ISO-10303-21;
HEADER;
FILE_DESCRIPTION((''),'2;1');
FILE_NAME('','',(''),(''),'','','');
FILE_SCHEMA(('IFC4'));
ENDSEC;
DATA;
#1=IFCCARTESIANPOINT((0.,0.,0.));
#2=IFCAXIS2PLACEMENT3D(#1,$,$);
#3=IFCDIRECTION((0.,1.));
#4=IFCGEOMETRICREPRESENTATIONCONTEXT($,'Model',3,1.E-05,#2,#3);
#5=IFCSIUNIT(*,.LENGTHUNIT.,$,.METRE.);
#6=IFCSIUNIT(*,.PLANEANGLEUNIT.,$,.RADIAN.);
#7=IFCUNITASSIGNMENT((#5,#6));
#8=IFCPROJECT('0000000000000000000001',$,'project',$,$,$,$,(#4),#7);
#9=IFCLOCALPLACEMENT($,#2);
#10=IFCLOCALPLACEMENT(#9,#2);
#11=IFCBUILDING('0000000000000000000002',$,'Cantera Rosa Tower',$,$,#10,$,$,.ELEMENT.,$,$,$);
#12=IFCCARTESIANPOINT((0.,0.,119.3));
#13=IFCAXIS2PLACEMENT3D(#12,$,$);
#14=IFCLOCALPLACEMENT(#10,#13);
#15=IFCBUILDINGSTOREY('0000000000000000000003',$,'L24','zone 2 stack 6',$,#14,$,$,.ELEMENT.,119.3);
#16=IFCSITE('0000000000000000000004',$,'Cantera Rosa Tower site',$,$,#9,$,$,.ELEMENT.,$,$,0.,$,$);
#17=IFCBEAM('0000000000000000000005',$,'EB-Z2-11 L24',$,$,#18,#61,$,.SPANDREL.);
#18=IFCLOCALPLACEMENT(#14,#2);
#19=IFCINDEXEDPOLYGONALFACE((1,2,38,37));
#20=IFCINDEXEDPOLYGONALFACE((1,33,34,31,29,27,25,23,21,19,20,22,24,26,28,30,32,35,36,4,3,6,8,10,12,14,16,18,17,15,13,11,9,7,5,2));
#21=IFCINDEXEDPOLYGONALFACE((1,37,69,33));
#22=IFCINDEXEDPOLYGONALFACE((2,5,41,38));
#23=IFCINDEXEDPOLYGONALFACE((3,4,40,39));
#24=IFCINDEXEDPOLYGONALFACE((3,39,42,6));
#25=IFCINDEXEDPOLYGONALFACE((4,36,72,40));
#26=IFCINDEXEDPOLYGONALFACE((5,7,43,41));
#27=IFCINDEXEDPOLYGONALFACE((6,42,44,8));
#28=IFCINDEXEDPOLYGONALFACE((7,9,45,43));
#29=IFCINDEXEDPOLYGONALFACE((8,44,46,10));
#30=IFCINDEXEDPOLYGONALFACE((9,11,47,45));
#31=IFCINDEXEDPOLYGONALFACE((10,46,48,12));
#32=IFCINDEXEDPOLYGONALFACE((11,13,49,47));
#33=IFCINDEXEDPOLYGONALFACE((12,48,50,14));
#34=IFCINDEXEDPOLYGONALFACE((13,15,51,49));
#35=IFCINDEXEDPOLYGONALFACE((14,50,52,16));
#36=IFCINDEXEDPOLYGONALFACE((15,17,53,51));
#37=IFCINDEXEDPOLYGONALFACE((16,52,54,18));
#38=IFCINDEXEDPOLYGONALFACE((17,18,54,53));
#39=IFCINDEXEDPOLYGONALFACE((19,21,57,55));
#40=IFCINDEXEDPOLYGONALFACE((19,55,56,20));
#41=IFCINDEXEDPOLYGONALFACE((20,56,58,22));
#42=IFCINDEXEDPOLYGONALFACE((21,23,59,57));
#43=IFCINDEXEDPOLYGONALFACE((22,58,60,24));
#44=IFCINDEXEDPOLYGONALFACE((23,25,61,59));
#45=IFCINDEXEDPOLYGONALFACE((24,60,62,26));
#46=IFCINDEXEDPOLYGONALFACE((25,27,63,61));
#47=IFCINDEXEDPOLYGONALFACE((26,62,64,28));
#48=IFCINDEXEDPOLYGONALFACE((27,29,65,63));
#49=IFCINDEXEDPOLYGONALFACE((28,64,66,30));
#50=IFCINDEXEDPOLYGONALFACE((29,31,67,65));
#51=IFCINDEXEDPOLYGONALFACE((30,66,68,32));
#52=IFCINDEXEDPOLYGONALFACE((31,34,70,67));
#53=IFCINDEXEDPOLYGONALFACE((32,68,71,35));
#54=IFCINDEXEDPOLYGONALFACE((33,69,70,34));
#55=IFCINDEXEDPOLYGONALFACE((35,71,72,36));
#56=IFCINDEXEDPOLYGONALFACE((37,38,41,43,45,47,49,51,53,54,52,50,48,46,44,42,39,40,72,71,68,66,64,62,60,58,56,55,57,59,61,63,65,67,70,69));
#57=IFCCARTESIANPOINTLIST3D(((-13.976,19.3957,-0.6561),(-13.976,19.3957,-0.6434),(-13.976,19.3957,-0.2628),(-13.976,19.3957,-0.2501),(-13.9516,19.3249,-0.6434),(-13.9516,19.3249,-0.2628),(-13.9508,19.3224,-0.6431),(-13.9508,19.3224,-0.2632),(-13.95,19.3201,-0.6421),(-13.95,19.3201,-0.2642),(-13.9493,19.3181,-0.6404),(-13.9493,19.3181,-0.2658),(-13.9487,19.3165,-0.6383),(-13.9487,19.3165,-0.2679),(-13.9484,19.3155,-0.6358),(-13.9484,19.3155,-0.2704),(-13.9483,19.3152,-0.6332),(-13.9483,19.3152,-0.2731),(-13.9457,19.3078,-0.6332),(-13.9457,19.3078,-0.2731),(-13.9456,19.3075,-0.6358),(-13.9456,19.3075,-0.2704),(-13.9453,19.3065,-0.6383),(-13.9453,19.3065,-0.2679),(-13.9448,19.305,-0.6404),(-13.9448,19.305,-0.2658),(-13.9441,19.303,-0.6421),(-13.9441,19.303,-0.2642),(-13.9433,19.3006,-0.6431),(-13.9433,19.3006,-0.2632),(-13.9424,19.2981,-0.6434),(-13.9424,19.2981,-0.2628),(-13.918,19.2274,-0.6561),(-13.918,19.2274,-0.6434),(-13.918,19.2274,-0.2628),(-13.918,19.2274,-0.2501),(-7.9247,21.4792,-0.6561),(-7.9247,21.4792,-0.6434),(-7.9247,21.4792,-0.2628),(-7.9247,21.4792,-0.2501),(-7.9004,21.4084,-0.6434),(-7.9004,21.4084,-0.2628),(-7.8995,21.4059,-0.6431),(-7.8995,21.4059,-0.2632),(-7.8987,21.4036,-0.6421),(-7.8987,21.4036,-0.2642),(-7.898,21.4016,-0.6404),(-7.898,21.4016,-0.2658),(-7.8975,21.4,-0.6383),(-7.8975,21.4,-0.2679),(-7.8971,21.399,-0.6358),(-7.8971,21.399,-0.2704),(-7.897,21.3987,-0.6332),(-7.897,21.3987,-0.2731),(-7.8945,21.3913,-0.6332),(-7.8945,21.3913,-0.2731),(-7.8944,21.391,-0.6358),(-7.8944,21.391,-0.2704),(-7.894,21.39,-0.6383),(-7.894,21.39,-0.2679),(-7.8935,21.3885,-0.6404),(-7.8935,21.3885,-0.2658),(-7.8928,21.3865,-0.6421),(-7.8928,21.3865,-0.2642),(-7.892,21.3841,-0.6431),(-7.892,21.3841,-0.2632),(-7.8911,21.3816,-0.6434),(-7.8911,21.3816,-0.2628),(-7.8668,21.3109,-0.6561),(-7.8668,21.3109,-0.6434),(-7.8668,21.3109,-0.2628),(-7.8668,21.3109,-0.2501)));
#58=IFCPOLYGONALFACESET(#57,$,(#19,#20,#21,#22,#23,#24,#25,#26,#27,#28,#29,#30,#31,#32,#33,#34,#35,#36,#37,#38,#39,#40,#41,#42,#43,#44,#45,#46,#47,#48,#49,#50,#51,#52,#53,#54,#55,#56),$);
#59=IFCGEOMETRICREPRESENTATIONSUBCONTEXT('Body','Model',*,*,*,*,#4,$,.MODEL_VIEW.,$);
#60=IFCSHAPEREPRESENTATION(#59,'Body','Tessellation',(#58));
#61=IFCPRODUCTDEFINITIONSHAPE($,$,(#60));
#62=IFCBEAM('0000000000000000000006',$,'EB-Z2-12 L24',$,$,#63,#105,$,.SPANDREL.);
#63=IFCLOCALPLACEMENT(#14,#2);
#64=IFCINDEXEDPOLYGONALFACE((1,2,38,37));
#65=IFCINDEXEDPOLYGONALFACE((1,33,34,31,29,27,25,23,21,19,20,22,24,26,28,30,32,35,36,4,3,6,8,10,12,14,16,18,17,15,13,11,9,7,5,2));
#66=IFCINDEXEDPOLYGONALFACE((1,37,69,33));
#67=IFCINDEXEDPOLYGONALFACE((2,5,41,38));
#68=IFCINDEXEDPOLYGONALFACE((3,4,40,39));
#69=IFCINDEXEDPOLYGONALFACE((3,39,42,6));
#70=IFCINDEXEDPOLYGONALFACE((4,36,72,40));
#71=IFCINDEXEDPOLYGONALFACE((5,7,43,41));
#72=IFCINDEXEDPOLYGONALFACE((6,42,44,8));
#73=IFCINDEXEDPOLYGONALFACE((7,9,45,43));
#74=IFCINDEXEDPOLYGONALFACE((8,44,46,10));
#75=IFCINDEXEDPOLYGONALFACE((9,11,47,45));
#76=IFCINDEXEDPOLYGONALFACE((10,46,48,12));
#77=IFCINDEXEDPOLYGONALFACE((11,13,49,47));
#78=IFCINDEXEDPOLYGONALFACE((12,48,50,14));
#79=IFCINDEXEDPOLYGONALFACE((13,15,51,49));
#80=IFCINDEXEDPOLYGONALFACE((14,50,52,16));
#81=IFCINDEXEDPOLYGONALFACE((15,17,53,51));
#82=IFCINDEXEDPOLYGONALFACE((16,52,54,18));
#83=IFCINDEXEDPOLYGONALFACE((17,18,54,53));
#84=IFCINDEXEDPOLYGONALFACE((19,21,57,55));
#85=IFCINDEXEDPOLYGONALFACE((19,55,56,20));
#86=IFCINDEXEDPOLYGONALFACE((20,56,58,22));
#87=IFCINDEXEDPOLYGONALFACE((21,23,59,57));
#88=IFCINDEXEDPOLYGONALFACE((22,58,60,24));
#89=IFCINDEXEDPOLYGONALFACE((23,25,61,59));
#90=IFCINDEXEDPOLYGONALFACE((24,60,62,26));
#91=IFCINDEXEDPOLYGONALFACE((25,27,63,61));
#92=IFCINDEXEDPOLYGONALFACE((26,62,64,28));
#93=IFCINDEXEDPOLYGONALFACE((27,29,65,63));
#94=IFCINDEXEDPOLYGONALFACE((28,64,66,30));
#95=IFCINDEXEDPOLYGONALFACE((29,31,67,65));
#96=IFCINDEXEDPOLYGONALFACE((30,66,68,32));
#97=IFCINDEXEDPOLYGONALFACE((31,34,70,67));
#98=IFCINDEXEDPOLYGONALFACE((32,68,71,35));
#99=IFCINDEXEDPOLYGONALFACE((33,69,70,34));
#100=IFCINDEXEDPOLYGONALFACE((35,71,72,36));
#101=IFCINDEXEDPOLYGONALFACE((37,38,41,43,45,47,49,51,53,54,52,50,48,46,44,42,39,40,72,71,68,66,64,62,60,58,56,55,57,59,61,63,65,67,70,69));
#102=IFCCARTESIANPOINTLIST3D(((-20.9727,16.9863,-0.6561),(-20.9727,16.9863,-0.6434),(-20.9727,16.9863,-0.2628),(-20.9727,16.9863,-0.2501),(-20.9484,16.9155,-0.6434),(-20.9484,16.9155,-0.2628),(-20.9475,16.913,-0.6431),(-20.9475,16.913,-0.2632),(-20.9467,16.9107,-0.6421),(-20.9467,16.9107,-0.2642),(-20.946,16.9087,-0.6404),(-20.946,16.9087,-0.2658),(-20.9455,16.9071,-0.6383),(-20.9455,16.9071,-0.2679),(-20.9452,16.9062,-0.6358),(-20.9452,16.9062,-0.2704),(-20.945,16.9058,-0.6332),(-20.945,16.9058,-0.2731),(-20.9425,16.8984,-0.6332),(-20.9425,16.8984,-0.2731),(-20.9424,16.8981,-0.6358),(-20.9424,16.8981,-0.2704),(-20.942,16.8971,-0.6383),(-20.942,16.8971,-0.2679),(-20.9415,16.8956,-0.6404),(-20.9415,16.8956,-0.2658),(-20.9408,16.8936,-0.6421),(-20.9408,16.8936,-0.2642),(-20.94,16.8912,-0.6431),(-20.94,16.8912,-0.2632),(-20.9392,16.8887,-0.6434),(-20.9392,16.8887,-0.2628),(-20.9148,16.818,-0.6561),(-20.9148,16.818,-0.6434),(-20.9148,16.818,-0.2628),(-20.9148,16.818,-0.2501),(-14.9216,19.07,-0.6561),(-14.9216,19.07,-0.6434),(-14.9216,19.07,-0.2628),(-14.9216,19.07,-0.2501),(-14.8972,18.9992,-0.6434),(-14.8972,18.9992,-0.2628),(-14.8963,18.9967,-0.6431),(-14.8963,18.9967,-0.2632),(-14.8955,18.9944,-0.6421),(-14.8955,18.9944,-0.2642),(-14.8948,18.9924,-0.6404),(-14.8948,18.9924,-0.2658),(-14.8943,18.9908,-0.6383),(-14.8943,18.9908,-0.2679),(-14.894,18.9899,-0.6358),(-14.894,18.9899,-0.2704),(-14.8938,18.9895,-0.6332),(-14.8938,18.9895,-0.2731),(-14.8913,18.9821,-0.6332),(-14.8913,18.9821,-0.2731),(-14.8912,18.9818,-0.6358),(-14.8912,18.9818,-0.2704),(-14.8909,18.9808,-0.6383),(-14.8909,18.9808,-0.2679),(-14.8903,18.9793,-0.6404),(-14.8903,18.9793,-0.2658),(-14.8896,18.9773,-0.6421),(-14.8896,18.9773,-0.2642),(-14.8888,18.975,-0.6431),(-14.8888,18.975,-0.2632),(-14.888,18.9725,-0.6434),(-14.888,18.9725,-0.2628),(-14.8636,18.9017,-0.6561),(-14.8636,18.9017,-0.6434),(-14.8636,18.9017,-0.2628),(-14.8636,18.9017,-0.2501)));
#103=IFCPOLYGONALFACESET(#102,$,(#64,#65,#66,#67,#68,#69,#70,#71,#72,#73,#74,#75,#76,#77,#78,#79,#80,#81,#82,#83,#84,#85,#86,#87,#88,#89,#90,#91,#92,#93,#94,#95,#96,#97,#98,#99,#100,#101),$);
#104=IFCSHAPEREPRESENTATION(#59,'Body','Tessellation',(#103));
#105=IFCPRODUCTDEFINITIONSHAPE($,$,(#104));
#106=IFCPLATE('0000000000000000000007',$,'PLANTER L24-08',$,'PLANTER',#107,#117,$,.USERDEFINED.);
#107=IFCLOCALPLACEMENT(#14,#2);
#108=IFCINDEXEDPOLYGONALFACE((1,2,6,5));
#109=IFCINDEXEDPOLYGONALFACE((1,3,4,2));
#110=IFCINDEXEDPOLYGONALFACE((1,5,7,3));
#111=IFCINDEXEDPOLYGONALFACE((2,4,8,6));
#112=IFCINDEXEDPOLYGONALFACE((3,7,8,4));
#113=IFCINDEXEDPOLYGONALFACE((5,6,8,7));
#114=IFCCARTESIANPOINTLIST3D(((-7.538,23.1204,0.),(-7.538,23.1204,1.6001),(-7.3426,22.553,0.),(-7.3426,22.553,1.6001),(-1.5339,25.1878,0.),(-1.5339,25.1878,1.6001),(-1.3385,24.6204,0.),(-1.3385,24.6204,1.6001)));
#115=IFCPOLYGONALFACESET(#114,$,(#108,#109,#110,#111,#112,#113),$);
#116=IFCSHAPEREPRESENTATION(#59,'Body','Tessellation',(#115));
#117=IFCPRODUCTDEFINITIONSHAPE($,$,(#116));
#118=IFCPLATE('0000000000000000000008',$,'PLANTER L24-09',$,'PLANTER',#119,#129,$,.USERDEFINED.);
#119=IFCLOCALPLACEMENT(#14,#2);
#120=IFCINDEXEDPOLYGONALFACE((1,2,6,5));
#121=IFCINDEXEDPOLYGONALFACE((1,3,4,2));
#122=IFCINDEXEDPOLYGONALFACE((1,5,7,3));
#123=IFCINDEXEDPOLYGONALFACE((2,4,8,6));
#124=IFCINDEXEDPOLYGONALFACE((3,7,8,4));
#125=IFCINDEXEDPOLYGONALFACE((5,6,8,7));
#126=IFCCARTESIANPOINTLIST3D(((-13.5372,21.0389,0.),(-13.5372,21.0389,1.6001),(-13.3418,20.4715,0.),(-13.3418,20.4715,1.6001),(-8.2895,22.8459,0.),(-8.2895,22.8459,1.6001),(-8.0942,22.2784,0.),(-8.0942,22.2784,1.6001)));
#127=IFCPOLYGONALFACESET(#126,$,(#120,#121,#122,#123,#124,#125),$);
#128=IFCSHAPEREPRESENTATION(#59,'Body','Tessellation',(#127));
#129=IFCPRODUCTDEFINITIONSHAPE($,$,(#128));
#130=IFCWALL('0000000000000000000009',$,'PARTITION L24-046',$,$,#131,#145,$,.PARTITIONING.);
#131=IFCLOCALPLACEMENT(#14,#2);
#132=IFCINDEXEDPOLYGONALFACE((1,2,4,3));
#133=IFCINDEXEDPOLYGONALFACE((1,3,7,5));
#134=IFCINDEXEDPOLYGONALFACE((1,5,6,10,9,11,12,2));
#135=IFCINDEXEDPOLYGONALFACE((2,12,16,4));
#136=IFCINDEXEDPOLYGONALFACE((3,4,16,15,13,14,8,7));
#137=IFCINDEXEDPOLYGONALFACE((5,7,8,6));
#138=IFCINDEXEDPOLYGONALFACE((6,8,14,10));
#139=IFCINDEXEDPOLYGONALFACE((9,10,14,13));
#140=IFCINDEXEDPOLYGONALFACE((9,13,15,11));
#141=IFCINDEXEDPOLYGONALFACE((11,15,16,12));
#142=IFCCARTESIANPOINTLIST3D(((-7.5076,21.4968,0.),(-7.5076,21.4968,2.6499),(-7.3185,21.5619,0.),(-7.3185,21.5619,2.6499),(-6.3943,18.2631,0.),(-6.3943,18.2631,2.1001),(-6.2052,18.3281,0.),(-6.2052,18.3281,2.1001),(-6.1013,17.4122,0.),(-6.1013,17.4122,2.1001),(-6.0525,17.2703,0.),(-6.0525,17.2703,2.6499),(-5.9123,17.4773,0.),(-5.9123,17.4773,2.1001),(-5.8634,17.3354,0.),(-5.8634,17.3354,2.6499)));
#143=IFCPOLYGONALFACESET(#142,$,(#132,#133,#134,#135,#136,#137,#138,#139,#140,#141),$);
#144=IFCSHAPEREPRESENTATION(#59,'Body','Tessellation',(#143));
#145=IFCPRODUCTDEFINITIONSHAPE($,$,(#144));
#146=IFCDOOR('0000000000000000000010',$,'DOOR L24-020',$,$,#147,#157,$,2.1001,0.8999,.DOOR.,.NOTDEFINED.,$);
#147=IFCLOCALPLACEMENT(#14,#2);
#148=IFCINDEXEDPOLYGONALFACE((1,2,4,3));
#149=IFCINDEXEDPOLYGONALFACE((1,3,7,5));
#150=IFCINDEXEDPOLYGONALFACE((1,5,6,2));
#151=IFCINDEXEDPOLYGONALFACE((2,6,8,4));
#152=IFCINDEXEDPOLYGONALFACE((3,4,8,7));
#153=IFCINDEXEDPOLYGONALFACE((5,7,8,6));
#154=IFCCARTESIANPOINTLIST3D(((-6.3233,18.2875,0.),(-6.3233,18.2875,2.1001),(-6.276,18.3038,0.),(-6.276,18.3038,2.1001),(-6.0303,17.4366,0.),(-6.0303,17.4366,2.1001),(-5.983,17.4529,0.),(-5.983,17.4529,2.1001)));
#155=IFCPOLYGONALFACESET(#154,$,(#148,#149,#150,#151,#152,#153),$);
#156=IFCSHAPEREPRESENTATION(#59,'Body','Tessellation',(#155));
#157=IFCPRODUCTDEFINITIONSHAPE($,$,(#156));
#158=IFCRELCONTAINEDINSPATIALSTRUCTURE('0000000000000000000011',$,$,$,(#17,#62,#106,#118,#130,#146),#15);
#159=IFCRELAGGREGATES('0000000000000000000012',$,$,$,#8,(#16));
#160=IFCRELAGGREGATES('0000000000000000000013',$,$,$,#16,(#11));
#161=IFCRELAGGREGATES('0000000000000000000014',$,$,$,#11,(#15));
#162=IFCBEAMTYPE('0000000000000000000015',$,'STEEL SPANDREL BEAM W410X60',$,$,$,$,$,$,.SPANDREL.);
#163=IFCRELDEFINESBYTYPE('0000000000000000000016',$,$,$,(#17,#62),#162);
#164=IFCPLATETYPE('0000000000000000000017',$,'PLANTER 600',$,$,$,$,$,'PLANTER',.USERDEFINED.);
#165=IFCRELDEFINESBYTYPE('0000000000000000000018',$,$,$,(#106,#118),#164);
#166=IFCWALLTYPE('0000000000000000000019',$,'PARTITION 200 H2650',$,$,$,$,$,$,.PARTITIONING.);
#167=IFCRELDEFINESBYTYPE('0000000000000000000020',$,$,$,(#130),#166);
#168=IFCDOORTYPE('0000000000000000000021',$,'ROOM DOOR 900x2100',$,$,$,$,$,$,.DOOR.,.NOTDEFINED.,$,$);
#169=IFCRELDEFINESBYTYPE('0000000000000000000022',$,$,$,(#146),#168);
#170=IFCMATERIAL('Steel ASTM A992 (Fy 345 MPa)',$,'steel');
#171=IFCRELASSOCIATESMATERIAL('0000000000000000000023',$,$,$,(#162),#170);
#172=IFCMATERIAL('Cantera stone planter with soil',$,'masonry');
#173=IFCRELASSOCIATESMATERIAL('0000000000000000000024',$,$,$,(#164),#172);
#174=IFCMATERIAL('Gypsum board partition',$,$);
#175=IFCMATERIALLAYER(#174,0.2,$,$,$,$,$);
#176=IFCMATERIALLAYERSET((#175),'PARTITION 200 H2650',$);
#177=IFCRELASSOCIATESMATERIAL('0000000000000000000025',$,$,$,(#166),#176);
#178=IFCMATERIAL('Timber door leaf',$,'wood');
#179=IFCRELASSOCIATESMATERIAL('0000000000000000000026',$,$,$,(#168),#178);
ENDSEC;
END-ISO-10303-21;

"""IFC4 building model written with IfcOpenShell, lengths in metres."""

from ifc_helpers import new_model, si_unit, direction, frame, frame_2d, origin, origin_2d, place, context, subcontext, project, spatial, rectangle, i_section, extrude, material, layer, layer_set, material_profile, profile_set, type_object, element, fill, save


model = new_model("IFC4")

# Units and contexts
model_context = context("Model", 3, precision=1e-05, world=origin(), true_north=direction((0.0, 1.0)))
body_context = subcontext(model_context, "Body", "Model", "MODEL_VIEW")
ifc_project = project(units=[si_unit("LENGTHUNIT", "METRE"), si_unit("PLANEANGLEUNIT", "RADIAN")], contexts=[model_context])

# Site, building, storey
site_placement = place(None, origin())
site = spatial("IfcSite", under=ifc_project, at=site_placement, Name="Cantera Rosa Tower site", CompositionType="ELEMENT", RefElevation=0.0)
building_placement = place(site_placement, origin())
building = spatial("IfcBuilding", under=site, at=building_placement, Name="Cantera Rosa Tower", CompositionType="ELEMENT")
storey_placement = place(building_placement, frame((0.0, 0.0, 119.3)))
storey = spatial("IfcBuildingStorey", under=building, at=storey_placement, Name="L24", Description="zone 2 stack 6", CompositionType="ELEMENT", Elevation=119.3)

# Beams
ifc_material_1 = material(Name="Steel ASTM A992 (Fy 345 MPa)", Category="steel")
ifc_material_profile_1 = material_profile(ifc_material_1, i_section(OverallWidth=0.178, OverallDepth=0.406, WebThickness=0.0078, FlangeThickness=0.0127, FilletRadius=0.0103, at=origin_2d()), Name="W410X60")
ifc_profile_set_1 = profile_set([ifc_material_profile_1], Name="Steel ASTM A992 (Fy 345 MPa)")
beam_type_1 = type_object("IfcBeamType", Name="STEEL SPANDREL BEAM W410X60", PredefinedType="SPANDREL", material=ifc_profile_set_1)
for number, where, z_axis, x_axis, name in (
    (1, (-7.8958, 21.395, -0.4531), (-0.945524, -0.325551, 0.0), (0.325551, -0.945524, 0.0), "EB-Z2-11 L24"),
    (2, (-14.8926, 18.9858, -0.4531), (-0.945513, -0.325585, 0.0), (0.325585, -0.945513, 0.0), "EB-Z2-12 L24"),
):
    element("IfcBeam", number, at=place(storey_placement, frame(where, z_axis=z_axis, x_axis=x_axis)), inside=storey, type_object=beam_type_1, Name=name, PredefinedType="SPANDREL", context=body_context, shape_type="SweptSolid", body=[
        extrude(i_section(OverallWidth=0.178, OverallDepth=0.406, WebThickness=0.0078, FlangeThickness=0.0127, FilletRadius=0.0103, at=origin_2d()), origin(), (0.0, 0.0, 1.0), 6.3999),
    ])

# Plates
ifc_material_2 = material(Name="Cantera stone planter with soil", Category="masonry")
plate_type = type_object("IfcPlateType", Name="PLANTER 600", ElementType="PLANTER", PredefinedType="USERDEFINED", material=ifc_material_2)
plate_1_placement = place(storey_placement, frame((-4.4382, 23.8704, 0.0), z_axis=(0.0, 0.0, 1.0), x_axis=(-0.945519, -0.325568, 0.0)))
element("IfcPlate", 3, at=plate_1_placement, inside=storey, type_object=plate_type, Name="PLANTER L24-08", ObjectType="PLANTER", PredefinedType="USERDEFINED", context=body_context, shape_type="SweptSolid", body=[
    extrude(rectangle(XDim=6.3501, YDim=0.6001, at=origin_2d()), origin(), (0.0, 0.0, 1.0), 1.6001),
])
plate_2_placement = place(storey_placement, frame((-10.8157, 21.6587, 0.0), z_axis=(0.0, 0.0, 1.0), x_axis=(-0.945519, -0.325568, 0.0)))
element("IfcPlate", 4, at=plate_2_placement, inside=storey, type_object=plate_type, Name="PLANTER L24-09", ObjectType="PLANTER", PredefinedType="USERDEFINED", context=body_context, shape_type="SweptSolid", body=[
    extrude(rectangle(XDim=5.55, YDim=0.6001, at=origin_2d()), origin(), (0.0, 0.0, 1.0), 1.6001),
])

# Wall, opening, door
ifc_material_3 = material(Name="Gypsum board partition")
ifc_layer_1 = layer(ifc_material_3, 0.2)
ifc_layer_set_1 = layer_set([ifc_layer_1], Name="PARTITION 200 H2650")
wall_type_1 = type_object("IfcWallType", Name="PARTITION 200 H2650", PredefinedType="PARTITIONING", material=ifc_layer_set_1)
wall_1_placement = place(storey_placement, frame((-5.958, 17.303, 0.0), z_axis=(0.0, 0.0, 1.0), x_axis=(-0.325519, 0.945535, 0.0)))
wall_1 = element("IfcWall", 5, at=wall_1_placement, inside=storey, type_object=wall_type_1, Name="PARTITION L24-046", PredefinedType="PARTITIONING", context=body_context, shape_type="SweptSolid", body=[
    extrude(rectangle(XDim=4.47, YDim=0.2, at=frame_2d((2.2349, 0.0))), origin(), (0.0, 0.0, 1.0), 2.6499),
])
opening_1_placement = place(wall_1_placement, frame((0.1499, 0.0, 0.0)))
opening_1 = element("IfcOpeningElement", 6, at=opening_1_placement, cuts=wall_1, PredefinedType="OPENING", context=body_context, shape_type="SweptSolid", body=[
    extrude(rectangle(XDim=0.8999, YDim=2.1001, at=frame_2d((0.45, 1.05))), frame((0.0, 0.1099, 0.0), z_axis=(0.0, -1.0, 0.0), x_axis=(1.0, 0.0, 0.0)), (0.0, 0.0, 1.0), 0.22),
])
ifc_material_4 = material(Name="Timber door leaf", Category="wood")
door_type_1 = type_object("IfcDoorType", Name="ROOM DOOR 900x2100", OperationType="NOTDEFINED", PredefinedType="DOOR", material=ifc_material_4)
door_1_placement = place(opening_1_placement, origin())
door_1 = element("IfcDoor", 7, at=door_1_placement, inside=storey, type_object=door_type_1, Name="DOOR L24-020", OperationType="NOTDEFINED", OverallHeight=2.1001, OverallWidth=0.8999, PredefinedType="DOOR", context=body_context, shape_type="SweptSolid", body=[
    extrude(rectangle(XDim=0.8999, YDim=2.1001, at=frame_2d((0.45, 1.05))), frame((0.0, 0.0249, 0.0), z_axis=(0.0, -1.0, 0.0), x_axis=(1.0, 0.0, 0.0)), (0.0, 0.0, 1.0), 0.05),
])
fill(opening_1, door_1)

save(model, "model.ifc")
